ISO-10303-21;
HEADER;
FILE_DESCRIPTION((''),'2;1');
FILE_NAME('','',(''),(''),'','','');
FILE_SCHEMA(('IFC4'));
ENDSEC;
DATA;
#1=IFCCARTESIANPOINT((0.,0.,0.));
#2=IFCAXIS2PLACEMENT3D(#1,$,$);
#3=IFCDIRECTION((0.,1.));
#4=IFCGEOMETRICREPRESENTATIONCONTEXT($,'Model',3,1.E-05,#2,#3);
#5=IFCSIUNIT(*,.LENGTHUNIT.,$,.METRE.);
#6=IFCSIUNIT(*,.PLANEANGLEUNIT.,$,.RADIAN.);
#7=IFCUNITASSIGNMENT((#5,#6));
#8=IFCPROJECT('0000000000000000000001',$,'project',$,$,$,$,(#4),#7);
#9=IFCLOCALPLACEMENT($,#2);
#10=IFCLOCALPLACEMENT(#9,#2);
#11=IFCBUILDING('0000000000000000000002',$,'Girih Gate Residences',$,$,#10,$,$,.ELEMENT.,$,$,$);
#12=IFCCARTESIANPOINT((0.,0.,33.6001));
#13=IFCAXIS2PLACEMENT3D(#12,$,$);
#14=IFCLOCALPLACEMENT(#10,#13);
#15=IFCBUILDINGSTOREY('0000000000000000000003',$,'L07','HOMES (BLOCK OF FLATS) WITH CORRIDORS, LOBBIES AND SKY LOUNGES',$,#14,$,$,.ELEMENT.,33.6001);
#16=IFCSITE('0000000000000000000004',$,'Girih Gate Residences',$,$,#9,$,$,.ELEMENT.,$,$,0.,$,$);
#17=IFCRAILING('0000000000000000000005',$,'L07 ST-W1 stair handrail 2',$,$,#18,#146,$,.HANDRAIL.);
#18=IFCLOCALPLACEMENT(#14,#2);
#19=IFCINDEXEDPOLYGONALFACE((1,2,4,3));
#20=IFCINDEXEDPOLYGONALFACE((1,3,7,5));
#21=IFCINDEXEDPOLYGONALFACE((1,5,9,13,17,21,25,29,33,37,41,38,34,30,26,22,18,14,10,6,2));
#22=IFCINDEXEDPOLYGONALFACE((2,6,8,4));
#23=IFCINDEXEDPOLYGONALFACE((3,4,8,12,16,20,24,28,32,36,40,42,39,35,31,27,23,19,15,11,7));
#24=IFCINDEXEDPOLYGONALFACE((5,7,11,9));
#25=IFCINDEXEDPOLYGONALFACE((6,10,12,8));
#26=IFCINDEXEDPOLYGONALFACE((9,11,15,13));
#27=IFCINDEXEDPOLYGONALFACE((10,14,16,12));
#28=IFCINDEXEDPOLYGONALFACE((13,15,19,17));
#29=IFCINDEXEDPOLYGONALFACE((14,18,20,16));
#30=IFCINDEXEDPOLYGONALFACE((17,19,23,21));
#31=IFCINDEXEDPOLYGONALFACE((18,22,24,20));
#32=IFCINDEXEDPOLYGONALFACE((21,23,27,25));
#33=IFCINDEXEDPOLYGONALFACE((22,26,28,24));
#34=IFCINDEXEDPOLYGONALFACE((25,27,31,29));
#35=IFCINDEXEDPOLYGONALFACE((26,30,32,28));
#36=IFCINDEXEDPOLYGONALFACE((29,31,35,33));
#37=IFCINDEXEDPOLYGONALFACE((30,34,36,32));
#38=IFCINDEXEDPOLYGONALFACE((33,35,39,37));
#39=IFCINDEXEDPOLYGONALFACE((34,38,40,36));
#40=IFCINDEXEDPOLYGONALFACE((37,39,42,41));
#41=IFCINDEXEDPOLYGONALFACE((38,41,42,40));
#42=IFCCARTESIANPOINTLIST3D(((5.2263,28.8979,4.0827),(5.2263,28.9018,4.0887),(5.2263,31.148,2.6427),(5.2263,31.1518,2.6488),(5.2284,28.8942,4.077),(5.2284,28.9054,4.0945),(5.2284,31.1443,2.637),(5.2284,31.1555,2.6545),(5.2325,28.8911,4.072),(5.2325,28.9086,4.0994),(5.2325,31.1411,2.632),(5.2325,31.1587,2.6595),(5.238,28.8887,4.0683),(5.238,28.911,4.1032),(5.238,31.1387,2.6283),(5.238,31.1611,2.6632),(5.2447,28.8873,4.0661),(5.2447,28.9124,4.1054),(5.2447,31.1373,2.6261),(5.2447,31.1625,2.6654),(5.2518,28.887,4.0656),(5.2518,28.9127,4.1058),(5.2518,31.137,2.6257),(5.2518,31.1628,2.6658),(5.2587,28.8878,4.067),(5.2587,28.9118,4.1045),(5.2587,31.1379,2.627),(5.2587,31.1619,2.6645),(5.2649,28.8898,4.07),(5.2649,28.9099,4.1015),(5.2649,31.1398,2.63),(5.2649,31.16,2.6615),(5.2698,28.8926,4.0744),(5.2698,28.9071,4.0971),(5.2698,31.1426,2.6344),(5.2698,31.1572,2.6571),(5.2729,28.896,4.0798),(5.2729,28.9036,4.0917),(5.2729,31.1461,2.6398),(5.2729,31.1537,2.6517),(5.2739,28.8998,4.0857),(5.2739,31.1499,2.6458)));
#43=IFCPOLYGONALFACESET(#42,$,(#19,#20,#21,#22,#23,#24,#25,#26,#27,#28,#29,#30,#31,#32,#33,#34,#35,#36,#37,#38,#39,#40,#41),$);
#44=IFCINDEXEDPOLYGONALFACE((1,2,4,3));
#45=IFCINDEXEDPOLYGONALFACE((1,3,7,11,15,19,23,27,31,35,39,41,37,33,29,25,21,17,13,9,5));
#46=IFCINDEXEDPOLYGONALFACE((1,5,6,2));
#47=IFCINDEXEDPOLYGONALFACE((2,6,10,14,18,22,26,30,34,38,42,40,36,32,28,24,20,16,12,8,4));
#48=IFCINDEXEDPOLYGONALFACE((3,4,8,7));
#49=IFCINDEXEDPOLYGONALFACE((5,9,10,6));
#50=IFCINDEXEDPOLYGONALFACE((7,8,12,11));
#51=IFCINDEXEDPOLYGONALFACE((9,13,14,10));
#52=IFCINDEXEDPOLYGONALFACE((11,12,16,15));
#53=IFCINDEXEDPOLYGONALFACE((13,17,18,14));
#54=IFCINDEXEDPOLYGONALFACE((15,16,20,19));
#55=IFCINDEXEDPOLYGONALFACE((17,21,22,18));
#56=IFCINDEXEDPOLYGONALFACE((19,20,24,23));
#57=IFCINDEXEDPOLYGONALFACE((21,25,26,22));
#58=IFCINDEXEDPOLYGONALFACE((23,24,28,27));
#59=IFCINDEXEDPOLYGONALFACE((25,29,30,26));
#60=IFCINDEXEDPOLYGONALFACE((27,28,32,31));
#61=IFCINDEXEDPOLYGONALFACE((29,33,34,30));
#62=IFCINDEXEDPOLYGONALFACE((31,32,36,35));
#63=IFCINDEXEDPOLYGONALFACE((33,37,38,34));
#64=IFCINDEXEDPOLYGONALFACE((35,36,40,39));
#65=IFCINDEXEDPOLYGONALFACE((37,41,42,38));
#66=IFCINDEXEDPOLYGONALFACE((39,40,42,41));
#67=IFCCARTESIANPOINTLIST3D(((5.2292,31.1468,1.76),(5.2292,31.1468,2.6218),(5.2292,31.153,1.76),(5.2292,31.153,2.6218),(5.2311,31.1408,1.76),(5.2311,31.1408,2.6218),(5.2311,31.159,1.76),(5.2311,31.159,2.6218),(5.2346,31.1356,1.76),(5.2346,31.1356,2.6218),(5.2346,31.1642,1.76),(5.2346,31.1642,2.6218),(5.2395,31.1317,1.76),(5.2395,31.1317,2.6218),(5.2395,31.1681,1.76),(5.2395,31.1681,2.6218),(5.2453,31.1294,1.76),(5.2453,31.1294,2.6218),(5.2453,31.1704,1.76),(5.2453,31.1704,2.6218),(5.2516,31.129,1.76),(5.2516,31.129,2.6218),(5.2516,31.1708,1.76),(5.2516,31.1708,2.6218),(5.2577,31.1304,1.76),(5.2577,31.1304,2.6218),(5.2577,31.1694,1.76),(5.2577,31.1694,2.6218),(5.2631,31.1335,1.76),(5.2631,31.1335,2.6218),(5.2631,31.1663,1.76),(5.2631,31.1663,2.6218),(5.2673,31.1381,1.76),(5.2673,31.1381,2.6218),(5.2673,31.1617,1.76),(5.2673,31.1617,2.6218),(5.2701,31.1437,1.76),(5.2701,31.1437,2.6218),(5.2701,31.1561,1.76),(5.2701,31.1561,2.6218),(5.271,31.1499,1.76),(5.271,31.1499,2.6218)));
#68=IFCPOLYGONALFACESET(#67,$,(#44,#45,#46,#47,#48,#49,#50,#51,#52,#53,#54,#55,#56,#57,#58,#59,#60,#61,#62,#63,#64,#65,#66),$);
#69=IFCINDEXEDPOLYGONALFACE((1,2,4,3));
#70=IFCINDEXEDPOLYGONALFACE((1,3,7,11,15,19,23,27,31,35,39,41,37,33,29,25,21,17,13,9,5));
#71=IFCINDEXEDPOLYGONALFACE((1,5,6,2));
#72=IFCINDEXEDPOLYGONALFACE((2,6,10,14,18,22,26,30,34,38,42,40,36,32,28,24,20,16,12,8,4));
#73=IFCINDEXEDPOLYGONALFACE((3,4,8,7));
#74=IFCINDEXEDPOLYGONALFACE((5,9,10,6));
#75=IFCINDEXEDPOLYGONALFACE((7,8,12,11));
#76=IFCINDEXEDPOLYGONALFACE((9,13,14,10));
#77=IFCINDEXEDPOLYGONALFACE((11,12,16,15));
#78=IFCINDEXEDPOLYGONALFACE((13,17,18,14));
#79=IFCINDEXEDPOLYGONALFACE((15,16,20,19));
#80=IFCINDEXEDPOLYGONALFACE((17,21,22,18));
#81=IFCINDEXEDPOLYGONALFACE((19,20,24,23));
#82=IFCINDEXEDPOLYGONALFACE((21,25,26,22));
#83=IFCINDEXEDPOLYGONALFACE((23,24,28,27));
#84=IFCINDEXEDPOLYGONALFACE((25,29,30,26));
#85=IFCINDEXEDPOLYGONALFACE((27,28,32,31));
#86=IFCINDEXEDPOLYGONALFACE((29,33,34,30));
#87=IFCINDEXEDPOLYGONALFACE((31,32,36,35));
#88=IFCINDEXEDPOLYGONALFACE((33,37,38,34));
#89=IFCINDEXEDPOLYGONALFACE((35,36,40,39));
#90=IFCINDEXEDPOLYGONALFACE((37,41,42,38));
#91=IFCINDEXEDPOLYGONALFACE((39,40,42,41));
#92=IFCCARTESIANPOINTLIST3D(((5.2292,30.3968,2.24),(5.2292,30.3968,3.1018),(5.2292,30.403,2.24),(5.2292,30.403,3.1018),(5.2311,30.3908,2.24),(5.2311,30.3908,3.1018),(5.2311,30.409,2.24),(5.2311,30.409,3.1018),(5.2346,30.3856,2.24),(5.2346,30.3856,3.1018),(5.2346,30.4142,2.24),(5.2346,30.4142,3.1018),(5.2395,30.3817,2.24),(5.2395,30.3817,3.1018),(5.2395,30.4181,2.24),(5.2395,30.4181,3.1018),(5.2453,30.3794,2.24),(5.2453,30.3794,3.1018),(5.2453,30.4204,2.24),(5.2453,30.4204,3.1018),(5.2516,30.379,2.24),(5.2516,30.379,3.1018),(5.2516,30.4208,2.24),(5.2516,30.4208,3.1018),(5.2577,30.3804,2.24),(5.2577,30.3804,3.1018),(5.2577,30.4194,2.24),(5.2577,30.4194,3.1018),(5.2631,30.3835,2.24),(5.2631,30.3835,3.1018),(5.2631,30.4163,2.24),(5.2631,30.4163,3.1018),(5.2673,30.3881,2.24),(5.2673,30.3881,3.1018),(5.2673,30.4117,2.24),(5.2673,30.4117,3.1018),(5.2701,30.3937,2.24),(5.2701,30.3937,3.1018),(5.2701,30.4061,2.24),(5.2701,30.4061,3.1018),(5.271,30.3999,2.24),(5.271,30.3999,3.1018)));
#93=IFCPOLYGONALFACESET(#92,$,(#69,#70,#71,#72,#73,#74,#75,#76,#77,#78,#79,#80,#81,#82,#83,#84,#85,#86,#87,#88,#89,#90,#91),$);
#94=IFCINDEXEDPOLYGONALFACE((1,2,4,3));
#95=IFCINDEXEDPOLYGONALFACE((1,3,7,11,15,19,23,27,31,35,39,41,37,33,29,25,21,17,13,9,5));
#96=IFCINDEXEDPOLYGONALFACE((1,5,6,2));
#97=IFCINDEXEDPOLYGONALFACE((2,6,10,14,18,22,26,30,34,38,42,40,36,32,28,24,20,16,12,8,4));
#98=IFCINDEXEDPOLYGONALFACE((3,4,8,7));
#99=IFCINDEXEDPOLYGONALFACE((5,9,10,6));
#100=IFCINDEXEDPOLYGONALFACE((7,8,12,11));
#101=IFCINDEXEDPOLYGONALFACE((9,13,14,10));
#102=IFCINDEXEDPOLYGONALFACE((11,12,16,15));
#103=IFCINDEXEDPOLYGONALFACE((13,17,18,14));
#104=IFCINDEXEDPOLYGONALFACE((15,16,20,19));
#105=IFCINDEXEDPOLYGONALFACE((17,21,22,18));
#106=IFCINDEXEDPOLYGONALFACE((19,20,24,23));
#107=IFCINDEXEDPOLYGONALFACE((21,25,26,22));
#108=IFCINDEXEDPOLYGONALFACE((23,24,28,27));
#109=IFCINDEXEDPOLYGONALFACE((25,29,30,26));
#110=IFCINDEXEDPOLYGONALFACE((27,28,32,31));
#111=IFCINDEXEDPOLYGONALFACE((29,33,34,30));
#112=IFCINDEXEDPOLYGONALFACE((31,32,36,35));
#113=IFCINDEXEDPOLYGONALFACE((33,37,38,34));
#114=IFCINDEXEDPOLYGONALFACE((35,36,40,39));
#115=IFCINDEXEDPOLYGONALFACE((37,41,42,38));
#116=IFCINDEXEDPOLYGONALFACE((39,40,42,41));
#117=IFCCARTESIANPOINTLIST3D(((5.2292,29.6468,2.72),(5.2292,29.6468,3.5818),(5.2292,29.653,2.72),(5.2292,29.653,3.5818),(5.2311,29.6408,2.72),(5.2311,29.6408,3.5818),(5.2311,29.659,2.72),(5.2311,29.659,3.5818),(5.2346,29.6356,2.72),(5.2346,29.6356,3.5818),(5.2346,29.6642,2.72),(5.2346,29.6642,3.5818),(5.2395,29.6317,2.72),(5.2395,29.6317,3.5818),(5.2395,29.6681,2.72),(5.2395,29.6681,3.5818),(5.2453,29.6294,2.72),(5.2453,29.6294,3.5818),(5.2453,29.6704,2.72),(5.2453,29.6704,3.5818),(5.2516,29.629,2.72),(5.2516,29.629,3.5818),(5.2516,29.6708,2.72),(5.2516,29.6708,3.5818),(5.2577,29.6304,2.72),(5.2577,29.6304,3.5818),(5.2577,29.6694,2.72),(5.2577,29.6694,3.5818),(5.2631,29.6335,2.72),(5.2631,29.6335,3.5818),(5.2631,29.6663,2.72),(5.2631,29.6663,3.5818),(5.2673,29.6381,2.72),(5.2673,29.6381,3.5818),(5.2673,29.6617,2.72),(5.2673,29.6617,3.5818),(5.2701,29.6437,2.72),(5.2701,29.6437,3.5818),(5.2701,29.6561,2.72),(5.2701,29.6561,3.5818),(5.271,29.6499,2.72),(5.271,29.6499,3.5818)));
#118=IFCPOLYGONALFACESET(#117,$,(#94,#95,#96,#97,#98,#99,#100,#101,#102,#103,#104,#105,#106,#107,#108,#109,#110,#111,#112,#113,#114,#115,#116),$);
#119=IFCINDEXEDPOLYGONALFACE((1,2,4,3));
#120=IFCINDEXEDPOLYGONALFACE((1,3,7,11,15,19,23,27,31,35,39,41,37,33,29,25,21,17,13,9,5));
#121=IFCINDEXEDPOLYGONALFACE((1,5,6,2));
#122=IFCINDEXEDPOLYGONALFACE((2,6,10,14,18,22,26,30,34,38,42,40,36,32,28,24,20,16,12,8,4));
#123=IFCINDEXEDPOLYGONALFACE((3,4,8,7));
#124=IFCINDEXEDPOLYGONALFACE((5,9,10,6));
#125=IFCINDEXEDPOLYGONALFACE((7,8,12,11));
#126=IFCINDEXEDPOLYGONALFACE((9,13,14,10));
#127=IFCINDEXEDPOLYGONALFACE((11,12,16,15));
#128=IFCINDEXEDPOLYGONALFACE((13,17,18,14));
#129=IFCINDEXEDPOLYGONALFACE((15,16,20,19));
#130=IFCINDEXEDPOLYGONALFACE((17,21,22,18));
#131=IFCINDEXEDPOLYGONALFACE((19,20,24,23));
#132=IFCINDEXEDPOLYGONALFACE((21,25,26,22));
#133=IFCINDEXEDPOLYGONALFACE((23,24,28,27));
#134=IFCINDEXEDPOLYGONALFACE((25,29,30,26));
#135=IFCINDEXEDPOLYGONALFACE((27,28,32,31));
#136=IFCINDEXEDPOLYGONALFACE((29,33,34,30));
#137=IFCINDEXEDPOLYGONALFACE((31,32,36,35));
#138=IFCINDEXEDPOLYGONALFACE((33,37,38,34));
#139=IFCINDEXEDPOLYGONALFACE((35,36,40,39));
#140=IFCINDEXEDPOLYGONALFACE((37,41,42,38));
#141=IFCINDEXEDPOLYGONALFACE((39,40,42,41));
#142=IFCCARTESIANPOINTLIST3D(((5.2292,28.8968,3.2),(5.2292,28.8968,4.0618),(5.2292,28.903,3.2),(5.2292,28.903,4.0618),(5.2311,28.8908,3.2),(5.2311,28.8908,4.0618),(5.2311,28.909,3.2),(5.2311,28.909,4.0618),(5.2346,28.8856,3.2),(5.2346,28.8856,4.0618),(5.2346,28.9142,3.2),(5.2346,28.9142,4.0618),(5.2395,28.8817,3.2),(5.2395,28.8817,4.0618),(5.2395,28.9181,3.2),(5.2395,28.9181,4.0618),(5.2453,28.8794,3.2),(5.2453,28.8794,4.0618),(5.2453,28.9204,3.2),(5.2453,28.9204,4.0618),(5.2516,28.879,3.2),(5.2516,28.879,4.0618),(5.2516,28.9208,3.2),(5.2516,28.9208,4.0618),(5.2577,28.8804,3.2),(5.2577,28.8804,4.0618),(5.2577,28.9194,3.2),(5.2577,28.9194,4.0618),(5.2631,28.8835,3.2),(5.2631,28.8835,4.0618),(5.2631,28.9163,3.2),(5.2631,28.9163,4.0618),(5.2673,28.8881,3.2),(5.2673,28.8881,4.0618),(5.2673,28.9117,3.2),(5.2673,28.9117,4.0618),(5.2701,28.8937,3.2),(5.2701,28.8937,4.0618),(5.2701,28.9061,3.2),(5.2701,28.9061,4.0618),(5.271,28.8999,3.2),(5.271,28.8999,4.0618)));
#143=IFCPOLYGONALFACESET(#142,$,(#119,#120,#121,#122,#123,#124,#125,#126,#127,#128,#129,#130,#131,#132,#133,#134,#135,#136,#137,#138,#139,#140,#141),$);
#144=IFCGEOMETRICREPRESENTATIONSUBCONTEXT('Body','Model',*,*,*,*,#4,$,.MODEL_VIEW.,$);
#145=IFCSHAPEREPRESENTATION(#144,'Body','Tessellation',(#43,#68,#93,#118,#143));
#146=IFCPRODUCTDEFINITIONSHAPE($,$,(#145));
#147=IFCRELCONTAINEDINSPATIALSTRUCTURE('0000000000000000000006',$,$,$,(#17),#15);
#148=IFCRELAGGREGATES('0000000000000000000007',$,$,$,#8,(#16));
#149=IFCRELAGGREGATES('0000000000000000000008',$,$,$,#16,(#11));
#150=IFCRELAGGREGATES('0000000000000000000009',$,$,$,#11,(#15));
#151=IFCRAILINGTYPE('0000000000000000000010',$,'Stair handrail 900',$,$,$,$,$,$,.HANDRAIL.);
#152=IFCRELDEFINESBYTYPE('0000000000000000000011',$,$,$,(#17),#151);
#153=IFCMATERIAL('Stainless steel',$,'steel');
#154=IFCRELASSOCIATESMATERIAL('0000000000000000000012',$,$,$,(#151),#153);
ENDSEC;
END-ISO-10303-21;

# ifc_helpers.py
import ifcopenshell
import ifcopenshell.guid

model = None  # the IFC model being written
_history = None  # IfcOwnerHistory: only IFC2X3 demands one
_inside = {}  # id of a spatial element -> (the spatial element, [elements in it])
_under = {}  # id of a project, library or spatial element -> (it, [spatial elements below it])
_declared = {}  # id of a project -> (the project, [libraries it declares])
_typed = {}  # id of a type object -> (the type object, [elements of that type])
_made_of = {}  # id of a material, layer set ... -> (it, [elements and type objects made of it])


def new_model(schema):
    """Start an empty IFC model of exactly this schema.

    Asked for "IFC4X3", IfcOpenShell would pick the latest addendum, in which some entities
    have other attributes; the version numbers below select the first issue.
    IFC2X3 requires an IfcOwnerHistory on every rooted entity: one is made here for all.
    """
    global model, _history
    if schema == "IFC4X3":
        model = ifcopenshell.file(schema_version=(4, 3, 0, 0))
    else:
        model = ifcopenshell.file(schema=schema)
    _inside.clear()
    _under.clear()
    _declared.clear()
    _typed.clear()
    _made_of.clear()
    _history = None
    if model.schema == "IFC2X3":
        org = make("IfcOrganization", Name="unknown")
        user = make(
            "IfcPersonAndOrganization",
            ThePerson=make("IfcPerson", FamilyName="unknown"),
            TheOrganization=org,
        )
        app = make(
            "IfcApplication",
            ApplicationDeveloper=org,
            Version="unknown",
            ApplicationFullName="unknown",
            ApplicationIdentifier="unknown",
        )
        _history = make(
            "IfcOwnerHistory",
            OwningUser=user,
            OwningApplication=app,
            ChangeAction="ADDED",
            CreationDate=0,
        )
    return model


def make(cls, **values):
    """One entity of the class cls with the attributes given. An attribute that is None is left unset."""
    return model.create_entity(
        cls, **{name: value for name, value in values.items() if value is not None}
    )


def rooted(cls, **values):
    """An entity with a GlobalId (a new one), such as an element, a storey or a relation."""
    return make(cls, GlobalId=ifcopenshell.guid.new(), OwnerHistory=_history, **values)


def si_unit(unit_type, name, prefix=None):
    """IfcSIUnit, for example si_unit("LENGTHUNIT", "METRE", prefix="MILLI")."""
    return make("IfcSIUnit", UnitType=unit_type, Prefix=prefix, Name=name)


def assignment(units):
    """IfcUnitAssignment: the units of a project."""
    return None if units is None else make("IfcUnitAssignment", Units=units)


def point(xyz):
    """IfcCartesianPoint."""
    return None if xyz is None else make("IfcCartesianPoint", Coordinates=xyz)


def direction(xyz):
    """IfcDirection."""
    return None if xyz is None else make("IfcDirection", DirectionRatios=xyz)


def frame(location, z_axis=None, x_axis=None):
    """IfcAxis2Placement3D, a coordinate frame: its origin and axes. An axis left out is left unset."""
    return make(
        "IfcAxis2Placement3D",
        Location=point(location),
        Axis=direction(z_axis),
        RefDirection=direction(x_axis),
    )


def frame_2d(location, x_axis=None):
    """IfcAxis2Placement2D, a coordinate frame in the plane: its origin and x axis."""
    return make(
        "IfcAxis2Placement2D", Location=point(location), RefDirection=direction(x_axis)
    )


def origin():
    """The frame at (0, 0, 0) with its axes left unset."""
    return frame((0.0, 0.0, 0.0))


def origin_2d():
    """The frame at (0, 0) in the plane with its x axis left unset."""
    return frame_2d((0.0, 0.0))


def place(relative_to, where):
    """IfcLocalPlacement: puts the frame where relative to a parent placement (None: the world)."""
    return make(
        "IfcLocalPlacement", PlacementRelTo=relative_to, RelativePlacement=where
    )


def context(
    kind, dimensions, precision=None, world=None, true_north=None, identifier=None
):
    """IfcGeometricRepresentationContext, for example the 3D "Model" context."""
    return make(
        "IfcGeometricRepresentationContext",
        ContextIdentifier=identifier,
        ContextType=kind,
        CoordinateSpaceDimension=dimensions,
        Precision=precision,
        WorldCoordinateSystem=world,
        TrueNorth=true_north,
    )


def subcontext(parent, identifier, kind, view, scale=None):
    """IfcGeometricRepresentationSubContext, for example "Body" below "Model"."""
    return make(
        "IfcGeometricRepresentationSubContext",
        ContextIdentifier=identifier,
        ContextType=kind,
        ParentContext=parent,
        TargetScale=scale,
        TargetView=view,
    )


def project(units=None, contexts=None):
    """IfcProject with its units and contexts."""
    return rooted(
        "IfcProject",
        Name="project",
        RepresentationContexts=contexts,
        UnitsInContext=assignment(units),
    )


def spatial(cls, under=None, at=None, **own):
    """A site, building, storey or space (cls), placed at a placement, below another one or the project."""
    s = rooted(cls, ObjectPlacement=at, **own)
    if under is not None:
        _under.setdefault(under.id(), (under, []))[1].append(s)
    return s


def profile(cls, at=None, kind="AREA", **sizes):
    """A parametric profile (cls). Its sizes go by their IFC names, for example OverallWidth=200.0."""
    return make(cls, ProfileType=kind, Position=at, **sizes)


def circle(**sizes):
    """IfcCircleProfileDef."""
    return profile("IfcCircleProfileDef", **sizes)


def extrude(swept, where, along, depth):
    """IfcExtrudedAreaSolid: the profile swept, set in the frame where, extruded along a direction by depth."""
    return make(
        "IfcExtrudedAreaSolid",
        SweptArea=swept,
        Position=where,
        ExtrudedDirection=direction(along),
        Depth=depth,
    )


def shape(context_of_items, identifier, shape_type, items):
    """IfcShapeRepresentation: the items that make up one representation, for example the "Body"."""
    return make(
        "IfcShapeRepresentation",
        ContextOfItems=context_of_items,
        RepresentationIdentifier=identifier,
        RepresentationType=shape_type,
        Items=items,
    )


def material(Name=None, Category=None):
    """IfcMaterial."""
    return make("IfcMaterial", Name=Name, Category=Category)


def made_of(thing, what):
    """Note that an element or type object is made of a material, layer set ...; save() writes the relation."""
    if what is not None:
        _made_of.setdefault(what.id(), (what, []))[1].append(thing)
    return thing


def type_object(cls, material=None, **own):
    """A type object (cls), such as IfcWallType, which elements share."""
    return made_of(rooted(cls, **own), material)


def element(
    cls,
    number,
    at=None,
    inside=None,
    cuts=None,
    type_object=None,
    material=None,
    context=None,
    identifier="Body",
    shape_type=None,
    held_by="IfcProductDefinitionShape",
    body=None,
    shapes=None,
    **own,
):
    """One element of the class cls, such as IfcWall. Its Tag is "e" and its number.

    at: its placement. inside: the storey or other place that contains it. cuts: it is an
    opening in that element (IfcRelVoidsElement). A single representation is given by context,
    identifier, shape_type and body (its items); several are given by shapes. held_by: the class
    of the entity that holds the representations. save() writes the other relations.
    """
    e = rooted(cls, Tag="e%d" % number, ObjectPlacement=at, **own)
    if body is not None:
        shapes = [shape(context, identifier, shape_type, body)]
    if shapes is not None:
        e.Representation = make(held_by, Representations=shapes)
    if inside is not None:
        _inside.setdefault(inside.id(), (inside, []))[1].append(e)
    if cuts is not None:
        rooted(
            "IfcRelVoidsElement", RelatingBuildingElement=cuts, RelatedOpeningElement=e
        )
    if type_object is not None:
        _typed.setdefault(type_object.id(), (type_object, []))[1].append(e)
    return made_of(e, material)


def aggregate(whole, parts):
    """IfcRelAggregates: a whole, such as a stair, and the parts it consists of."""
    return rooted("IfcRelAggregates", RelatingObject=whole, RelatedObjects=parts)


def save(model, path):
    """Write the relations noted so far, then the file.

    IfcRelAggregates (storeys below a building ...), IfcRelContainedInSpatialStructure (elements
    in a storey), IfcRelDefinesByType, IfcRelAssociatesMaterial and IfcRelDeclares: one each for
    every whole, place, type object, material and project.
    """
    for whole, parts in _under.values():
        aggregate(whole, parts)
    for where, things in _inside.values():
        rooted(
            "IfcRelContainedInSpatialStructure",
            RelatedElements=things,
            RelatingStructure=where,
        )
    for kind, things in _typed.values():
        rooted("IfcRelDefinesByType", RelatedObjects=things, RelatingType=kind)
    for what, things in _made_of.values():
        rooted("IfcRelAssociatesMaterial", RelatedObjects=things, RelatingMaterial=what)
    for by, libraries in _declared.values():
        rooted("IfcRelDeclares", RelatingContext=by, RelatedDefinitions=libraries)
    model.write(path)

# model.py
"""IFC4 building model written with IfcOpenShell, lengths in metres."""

from ifc_helpers import new_model, si_unit, direction, frame, origin, origin_2d, place, context, subcontext, project, spatial, circle, extrude, material, type_object, element, save


model = new_model("IFC4")

# Units and contexts
model_context = context("Model", 3, precision=1e-05, world=origin(), true_north=direction((0.0, 1.0)))
body_context = subcontext(model_context, "Body", "Model", "MODEL_VIEW")
ifc_project = project(units=[si_unit("LENGTHUNIT", "METRE"), si_unit("PLANEANGLEUNIT", "RADIAN")], contexts=[model_context])

# Site, building, storey
site_placement = place(None, origin())
site = spatial("IfcSite", under=ifc_project, at=site_placement, Name="Girih Gate Residences", CompositionType="ELEMENT", RefElevation=0.0)
building_placement = place(site_placement, origin())
building = spatial("IfcBuilding", under=site, at=building_placement, Name="Girih Gate Residences", CompositionType="ELEMENT")
storey_placement = place(building_placement, frame((0.0, 0.0, 33.6001)))
storey = spatial("IfcBuildingStorey", under=building, at=storey_placement, Name="L07", Description="HOMES (BLOCK OF FLATS) WITH CORRIDORS, LOBBIES AND SKY LOUNGES", CompositionType="ELEMENT", Elevation=33.6001)

# Railing
ifc_material_1 = material(Name="Stainless steel", Category="steel")
railing_type_1 = type_object("IfcRailingType", Name="Stair handrail 900", PredefinedType="HANDRAIL", material=ifc_material_1)
railing_1_placement = place(storey_placement, frame((5.25, 31.1499, 1.76)))
element("IfcRailing", 1, at=railing_1_placement, inside=storey, type_object=railing_type_1, Name="L07 ST-W1 stair handrail 2", PredefinedType="HANDRAIL", context=body_context, shape_type="SweptSolid", body=[
    extrude(circle(Radius=0.0239, at=origin_2d()), frame((0.0, 0.0, 0.8857), z_axis=(0.0, -0.842281, 0.539038), x_axis=(1.0, 0.0, 0.0)), (0.0, 0.0, 1.0), 2.6714),
    extrude(circle(Radius=0.021, at=origin_2d()), origin(), (0.0, 0.0, 1.0), 0.8618),
    extrude(circle(Radius=0.021, at=origin_2d()), frame((0.0, -0.75, 0.48)), (0.0, 0.0, 1.0), 0.8618),
    extrude(circle(Radius=0.021, at=origin_2d()), frame((0.0, -1.5, 0.96)), (0.0, 0.0, 1.0), 0.8618),
    extrude(circle(Radius=0.021, at=origin_2d()), frame((0.0, -2.25, 1.4399)), (0.0, 0.0, 1.0), 0.8618),
])

save(model, "model.ifc")
